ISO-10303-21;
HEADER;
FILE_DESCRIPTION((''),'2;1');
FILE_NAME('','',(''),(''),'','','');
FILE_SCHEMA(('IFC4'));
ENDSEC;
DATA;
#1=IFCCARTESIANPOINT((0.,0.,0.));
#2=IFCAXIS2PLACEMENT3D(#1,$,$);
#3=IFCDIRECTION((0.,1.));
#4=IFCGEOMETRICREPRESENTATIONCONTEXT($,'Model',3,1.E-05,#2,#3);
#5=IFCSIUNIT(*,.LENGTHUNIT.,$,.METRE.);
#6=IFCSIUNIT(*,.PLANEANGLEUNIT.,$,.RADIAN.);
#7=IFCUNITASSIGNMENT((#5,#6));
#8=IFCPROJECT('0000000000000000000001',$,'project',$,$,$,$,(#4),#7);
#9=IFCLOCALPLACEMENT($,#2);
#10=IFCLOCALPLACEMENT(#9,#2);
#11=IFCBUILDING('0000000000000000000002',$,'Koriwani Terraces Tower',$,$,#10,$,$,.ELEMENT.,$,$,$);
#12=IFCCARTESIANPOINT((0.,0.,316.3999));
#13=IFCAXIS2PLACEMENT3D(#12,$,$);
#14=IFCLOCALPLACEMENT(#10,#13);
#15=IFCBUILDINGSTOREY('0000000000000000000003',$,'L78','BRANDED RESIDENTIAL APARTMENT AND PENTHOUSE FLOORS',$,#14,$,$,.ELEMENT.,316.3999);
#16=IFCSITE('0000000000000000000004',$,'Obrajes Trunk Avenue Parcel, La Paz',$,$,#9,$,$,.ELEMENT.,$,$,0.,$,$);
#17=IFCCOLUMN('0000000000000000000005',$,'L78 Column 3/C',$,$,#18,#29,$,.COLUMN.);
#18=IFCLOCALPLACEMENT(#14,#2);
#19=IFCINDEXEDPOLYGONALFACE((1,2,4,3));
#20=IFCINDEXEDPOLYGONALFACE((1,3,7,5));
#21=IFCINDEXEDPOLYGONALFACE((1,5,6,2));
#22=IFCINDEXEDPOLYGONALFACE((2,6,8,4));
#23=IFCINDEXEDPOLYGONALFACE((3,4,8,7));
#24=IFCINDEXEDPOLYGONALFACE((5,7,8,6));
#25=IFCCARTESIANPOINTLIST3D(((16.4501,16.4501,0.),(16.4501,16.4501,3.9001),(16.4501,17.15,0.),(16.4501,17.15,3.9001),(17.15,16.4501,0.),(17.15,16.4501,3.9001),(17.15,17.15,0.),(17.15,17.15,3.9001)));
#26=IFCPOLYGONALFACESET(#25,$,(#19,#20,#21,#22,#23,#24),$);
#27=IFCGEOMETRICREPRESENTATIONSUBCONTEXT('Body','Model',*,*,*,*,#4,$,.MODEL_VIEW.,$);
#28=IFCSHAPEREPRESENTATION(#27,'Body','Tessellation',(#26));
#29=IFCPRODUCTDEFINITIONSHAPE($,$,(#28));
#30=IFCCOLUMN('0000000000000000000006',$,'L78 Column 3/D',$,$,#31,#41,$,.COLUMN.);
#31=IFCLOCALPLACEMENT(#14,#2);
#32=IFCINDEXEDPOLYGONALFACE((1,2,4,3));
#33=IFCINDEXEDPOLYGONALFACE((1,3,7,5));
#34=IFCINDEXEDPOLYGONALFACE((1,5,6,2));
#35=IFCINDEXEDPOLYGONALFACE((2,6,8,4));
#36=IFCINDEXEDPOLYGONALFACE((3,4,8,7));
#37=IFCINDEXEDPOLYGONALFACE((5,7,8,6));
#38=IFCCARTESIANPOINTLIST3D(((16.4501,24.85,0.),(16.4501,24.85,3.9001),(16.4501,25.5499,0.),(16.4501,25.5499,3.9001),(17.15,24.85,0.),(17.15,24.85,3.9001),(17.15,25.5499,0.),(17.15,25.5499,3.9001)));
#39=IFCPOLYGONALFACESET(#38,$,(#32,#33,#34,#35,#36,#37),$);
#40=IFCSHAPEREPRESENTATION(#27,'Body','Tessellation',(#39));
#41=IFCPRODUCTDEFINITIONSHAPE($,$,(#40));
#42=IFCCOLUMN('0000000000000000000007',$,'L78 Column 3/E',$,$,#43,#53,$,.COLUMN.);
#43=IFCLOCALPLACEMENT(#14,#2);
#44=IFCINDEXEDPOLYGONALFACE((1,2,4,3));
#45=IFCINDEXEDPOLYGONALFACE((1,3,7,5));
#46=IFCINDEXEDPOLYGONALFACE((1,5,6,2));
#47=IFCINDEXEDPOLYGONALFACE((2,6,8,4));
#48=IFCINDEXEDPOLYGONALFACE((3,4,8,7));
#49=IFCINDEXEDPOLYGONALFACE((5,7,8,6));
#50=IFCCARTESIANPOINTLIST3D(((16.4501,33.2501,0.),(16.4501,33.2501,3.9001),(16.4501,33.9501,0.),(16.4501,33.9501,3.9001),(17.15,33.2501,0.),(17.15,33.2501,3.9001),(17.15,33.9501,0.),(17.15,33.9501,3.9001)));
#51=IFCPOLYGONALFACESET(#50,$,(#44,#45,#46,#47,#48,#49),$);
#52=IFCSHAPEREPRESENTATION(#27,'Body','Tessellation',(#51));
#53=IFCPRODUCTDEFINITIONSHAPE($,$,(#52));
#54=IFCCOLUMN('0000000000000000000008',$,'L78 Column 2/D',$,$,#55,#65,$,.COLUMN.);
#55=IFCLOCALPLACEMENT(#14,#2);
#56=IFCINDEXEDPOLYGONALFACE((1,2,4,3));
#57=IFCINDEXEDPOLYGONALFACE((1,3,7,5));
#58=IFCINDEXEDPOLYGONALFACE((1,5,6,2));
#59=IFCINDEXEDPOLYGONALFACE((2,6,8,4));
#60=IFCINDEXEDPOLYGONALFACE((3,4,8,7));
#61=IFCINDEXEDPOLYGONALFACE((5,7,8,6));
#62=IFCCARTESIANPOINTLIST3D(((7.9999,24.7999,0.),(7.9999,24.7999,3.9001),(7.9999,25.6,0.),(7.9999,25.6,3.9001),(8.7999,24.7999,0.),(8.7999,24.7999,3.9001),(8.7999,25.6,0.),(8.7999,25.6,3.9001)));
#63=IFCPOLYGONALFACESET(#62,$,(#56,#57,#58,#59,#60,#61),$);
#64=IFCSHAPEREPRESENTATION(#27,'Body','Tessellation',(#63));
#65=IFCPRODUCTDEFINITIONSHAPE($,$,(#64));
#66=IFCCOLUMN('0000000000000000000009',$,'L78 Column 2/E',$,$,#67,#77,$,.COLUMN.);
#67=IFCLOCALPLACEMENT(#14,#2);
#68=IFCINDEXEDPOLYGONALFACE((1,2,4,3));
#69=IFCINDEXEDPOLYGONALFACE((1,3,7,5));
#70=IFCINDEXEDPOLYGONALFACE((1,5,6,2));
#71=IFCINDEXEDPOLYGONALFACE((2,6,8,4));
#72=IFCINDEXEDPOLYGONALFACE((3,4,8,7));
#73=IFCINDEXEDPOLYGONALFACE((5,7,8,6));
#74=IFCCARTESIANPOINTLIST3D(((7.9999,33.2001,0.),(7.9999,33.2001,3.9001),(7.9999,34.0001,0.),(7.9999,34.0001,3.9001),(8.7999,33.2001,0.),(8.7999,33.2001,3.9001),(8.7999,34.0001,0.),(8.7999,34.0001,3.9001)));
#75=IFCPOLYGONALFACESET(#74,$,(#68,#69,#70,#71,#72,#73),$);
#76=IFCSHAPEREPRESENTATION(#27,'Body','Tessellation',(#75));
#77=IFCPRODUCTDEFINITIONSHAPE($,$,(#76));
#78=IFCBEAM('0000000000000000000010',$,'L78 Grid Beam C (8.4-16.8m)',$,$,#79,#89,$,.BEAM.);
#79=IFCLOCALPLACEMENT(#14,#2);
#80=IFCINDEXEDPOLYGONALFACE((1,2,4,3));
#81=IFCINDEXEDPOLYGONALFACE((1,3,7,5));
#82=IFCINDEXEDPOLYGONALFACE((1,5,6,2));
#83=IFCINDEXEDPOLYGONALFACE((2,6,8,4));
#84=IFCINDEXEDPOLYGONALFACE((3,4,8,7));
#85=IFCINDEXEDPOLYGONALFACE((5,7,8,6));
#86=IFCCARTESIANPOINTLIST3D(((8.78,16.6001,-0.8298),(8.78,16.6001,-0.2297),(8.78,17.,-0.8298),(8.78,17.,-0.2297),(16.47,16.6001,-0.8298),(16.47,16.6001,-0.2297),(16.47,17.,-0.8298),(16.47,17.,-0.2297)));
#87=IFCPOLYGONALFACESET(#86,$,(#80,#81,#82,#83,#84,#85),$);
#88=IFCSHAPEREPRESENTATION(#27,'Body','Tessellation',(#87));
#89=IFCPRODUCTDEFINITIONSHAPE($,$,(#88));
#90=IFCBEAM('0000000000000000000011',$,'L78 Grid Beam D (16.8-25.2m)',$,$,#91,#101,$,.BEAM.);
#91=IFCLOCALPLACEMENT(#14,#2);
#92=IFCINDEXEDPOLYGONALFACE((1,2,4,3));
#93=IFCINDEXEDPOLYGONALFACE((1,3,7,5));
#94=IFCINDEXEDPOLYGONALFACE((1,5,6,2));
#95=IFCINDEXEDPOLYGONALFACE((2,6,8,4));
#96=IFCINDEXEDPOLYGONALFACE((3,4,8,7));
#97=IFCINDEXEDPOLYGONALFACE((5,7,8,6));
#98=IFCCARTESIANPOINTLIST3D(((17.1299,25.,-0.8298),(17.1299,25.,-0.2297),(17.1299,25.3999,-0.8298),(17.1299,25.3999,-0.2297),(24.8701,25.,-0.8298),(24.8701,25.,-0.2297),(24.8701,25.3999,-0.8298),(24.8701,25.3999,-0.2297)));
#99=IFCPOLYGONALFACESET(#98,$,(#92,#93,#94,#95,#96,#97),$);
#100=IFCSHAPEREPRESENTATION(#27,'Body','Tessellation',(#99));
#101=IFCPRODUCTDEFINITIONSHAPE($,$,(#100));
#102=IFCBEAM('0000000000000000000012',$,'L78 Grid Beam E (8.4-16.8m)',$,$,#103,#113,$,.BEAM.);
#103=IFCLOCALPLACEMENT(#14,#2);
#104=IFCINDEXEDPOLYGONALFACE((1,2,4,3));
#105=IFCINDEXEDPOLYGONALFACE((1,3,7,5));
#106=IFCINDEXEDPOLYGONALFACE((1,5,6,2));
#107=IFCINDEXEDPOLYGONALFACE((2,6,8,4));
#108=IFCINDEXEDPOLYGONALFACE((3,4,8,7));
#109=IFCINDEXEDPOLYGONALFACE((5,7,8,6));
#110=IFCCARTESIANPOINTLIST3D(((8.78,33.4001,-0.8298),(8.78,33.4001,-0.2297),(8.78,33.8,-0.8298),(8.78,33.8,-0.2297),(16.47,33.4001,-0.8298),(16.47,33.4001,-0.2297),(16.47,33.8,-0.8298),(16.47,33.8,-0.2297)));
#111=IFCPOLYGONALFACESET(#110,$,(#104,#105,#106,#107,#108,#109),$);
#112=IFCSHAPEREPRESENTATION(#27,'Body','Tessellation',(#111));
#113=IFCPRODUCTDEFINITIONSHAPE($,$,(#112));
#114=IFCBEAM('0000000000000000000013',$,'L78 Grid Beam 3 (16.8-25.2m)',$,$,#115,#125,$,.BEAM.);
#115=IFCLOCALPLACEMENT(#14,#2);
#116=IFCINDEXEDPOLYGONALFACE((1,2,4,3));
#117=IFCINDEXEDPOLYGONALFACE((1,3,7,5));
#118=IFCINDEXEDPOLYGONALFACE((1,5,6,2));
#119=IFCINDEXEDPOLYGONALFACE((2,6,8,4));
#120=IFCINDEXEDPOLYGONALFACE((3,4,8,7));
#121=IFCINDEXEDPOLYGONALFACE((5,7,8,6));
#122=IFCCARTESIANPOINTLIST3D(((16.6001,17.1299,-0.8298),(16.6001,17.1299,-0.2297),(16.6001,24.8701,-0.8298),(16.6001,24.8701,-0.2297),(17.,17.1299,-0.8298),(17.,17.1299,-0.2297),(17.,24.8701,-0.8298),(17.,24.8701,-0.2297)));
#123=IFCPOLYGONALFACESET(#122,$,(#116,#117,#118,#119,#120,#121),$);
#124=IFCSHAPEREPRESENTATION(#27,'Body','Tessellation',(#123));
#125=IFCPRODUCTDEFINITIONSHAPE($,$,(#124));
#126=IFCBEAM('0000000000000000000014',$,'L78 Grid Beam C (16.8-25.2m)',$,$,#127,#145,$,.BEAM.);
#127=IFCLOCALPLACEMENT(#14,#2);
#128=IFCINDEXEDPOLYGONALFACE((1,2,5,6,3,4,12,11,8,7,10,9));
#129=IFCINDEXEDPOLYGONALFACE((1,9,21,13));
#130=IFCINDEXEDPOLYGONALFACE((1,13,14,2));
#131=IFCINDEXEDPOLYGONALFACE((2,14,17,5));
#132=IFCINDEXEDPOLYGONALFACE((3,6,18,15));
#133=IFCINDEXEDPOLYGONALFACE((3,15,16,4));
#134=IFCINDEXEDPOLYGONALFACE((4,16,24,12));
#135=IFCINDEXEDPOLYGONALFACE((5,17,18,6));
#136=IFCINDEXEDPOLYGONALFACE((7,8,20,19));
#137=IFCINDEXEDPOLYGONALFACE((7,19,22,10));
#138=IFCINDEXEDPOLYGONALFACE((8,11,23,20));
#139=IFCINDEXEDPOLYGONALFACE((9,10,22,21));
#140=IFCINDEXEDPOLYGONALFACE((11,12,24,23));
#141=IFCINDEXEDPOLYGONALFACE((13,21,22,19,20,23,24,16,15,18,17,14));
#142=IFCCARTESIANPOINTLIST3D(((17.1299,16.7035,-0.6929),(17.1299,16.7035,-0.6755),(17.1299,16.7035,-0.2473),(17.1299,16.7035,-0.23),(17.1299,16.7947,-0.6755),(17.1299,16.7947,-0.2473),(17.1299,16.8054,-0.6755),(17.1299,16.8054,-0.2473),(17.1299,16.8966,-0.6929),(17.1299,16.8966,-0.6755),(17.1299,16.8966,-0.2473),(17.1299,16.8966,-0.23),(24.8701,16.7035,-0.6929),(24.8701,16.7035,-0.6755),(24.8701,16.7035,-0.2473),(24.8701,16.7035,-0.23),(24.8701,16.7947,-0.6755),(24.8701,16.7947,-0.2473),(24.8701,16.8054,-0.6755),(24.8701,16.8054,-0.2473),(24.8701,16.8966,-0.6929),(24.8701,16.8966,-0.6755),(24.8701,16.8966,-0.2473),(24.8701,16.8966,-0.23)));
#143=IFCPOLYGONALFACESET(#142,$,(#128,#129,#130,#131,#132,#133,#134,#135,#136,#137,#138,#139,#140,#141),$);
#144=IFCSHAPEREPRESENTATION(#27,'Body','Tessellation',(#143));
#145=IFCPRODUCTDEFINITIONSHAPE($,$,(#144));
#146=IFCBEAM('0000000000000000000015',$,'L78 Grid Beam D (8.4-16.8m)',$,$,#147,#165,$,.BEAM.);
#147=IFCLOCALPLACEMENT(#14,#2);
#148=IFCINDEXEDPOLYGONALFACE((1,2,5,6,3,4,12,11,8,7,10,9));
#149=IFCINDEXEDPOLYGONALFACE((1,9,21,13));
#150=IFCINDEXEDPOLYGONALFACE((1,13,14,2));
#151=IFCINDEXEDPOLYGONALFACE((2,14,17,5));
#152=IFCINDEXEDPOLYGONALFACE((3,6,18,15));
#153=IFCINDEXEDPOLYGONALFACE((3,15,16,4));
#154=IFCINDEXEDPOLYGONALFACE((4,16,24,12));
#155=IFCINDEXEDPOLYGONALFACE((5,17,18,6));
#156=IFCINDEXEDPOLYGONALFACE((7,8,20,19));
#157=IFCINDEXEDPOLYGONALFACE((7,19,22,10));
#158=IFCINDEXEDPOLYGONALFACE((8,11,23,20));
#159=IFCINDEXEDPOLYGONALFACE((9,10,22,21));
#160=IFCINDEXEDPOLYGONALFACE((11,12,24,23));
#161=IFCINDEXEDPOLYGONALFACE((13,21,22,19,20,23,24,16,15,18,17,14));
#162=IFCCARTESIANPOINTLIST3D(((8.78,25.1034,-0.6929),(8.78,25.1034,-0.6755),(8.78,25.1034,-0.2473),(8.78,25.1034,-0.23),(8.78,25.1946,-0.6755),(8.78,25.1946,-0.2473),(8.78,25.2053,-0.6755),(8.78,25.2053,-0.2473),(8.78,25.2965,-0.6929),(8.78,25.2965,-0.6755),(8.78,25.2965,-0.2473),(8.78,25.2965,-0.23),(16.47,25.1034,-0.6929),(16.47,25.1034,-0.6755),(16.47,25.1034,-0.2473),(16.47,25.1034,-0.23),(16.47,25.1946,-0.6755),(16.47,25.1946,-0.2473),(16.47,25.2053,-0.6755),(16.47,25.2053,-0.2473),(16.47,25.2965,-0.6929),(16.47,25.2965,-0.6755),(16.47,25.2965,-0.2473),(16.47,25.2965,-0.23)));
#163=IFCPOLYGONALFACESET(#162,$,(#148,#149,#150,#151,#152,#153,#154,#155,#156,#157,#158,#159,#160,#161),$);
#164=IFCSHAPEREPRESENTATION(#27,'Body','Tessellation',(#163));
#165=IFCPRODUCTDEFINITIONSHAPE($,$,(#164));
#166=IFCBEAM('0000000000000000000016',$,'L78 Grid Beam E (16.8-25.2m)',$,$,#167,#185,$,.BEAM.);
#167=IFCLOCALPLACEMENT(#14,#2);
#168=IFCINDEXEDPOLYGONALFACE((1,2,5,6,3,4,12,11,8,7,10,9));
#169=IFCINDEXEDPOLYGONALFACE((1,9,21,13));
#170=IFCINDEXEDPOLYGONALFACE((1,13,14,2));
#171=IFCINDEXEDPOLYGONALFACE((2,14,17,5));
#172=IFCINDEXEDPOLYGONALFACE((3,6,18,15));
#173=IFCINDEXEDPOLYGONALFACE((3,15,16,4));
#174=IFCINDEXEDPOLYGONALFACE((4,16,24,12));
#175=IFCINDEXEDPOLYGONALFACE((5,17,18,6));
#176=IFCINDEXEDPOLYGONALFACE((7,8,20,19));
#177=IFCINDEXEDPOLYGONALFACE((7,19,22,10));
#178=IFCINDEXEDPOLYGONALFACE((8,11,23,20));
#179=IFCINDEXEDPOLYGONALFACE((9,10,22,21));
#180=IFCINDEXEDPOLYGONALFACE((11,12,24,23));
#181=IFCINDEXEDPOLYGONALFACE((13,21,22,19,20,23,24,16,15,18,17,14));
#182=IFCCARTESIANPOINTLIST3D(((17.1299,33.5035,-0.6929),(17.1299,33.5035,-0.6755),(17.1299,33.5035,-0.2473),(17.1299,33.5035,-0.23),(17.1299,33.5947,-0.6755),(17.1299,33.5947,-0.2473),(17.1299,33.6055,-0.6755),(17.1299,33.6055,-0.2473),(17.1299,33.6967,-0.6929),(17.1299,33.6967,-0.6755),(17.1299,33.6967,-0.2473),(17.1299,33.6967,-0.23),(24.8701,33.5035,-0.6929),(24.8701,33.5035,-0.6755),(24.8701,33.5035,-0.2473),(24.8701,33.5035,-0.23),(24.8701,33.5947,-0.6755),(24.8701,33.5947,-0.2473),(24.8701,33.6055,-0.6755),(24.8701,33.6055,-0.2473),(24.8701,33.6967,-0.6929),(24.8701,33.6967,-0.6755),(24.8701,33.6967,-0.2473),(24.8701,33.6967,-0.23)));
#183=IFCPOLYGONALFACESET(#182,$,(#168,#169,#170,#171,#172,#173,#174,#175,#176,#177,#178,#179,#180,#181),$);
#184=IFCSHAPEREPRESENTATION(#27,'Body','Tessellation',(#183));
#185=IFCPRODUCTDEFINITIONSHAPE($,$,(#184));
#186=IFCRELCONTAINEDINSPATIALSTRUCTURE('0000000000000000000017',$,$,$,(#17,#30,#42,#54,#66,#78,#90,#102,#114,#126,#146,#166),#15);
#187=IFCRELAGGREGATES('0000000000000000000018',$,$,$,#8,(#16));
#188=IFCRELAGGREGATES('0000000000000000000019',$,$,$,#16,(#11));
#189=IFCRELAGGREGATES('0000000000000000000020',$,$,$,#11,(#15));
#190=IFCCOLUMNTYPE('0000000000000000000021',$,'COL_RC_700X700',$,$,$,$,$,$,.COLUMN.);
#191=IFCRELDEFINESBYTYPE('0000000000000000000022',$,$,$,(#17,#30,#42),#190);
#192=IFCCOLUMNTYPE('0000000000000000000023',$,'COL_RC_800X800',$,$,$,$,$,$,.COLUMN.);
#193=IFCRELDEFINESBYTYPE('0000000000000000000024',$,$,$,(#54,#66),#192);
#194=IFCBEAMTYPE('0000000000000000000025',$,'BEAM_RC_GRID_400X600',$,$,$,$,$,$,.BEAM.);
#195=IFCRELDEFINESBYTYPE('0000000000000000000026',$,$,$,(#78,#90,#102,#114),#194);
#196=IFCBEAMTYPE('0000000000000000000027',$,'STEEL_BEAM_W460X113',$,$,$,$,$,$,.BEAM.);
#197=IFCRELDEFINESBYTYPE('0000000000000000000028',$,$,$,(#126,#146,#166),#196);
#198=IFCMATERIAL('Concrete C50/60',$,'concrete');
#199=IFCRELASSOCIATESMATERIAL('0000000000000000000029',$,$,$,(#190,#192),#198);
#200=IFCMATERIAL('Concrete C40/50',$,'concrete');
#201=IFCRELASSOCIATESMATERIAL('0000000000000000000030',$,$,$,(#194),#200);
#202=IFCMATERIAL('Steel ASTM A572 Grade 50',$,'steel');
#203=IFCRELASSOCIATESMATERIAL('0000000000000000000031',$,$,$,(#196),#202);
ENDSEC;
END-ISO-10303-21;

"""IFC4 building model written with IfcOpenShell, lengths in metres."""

from ifc_helpers import new_model, si_unit, direction, frame, origin, origin_2d, place, context, subcontext, project, spatial, rectangle, i_section, extrude, material, material_profile, profile_set, type_object, element, save


model = new_model("IFC4")

# Units and contexts
model_context = context("Model", 3, precision=1e-05, world=origin(), true_north=direction((0.0, 1.0)))
body_context = subcontext(model_context, "Body", "Model", "MODEL_VIEW")
ifc_project = project(units=[si_unit("LENGTHUNIT", "METRE"), si_unit("PLANEANGLEUNIT", "RADIAN")], contexts=[model_context])

# Site, building, storey
site_placement = place(None, origin())
site = spatial("IfcSite", under=ifc_project, at=site_placement, Name="Obrajes Trunk Avenue Parcel, La Paz", CompositionType="ELEMENT", RefElevation=0.0)
building_placement = place(site_placement, origin())
building = spatial("IfcBuilding", under=site, at=building_placement, Name="Koriwani Terraces Tower", CompositionType="ELEMENT")
storey_placement = place(building_placement, frame((0.0, 0.0, 316.3999)))
storey = spatial("IfcBuildingStorey", under=building, at=storey_placement, Name="L78", Description="BRANDED RESIDENTIAL APARTMENT AND PENTHOUSE FLOORS", CompositionType="ELEMENT", Elevation=316.3999)

# Columns
ifc_material_1 = material(Name="Concrete C50/60", Category="concrete")
ifc_material_profile_1 = material_profile(ifc_material_1, rectangle(XDim=0.7, YDim=0.7, at=origin_2d()), Name="Concrete C50/60", Category="LoadBearing")
ifc_profile_set_1 = profile_set([ifc_material_profile_1], Name="Concrete C50/60")
column_type_1 = type_object("IfcColumnType", Name="COL_RC_700X700", PredefinedType="COLUMN", material=ifc_profile_set_1)
for number, where, z_axis, x_axis, name in (
    (1, (16.8, 16.8, 0.0), (0.0, 0.0, 1.0), (1.0, 0.0, 0.0), "L78 Column 3/C"),
    (2, (16.8, 25.2, 0.0), (0.0, 0.0, 1.0), (1.0, 0.0, 0.0), "L78 Column 3/D"),
    (3, (16.8, 33.6001, 0.0), (0.0, 0.0, 1.0), (1.0, 0.0, 0.0), "L78 Column 3/E"),
):
    element("IfcColumn", number, at=place(storey_placement, frame(where, z_axis=z_axis, x_axis=x_axis)), inside=storey, type_object=column_type_1, Name=name, PredefinedType="COLUMN", context=body_context, shape_type="SweptSolid", body=[
        extrude(rectangle(XDim=0.7, YDim=0.7, at=origin_2d()), origin(), (0.0, 0.0, 1.0), 3.9001),
    ])
ifc_material_profile_2 = material_profile(ifc_material_1, rectangle(XDim=0.8, YDim=0.8, at=origin_2d()), Name="Concrete C50/60", Category="LoadBearing")
ifc_profile_set_2 = profile_set([ifc_material_profile_2], Name="Concrete C50/60")
column_type_2 = type_object("IfcColumnType", Name="COL_RC_800X800", PredefinedType="COLUMN", material=ifc_profile_set_2)
for number, where, z_axis, x_axis, name in (
    (4, (8.3999, 25.2, 0.0), (0.0, 0.0, 1.0), (1.0, 0.0, 0.0), "L78 Column 2/D"),
    (5, (8.3999, 33.6001, 0.0), (0.0, 0.0, 1.0), (1.0, 0.0, 0.0), "L78 Column 2/E"),
):
    element("IfcColumn", number, at=place(storey_placement, frame(where, z_axis=z_axis, x_axis=x_axis)), inside=storey, type_object=column_type_2, Name=name, PredefinedType="COLUMN", context=body_context, shape_type="SweptSolid", body=[
        extrude(rectangle(XDim=0.8, YDim=0.8, at=origin_2d()), origin(), (0.0, 0.0, 1.0), 3.9001),
    ])

# Beams
ifc_material_2 = material(Name="Concrete C40/50", Category="concrete")
ifc_material_profile_3 = material_profile(ifc_material_2, rectangle(XDim=0.3999, YDim=0.6001, at=origin_2d()), Name="Concrete C40/50", Category="LoadBearing")
ifc_profile_set_3 = profile_set([ifc_material_profile_3], Name="Concrete C40/50")
beam_type_1 = type_object("IfcBeamType", Name="BEAM_RC_GRID_400X600", PredefinedType="BEAM", material=ifc_profile_set_3)
beam_1_placement = place(storey_placement, frame((8.78, 16.8, -0.5298), z_axis=(1.0, 0.0, 0.0), x_axis=(0.0, 1.0, 0.0)))
element("IfcBeam", 6, at=beam_1_placement, inside=storey, type_object=beam_type_1, Name="L78 Grid Beam C (8.4-16.8m)", PredefinedType="BEAM", context=body_context, shape_type="SweptSolid", body=[
    extrude(rectangle(XDim=0.3999, YDim=0.6001, at=origin_2d()), origin(), (0.0, 0.0, 1.0), 7.6899),
])
beam_2_placement = place(storey_placement, frame((17.1299, 25.2, -0.5298), z_axis=(1.0, 0.0, 0.0), x_axis=(0.0, 1.0, 0.0)))
element("IfcBeam", 7, at=beam_2_placement, inside=storey, type_object=beam_type_1, Name="L78 Grid Beam D (16.8-25.2m)", PredefinedType="BEAM", context=body_context, shape_type="SweptSolid", body=[
    extrude(rectangle(XDim=0.3999, YDim=0.6001, at=origin_2d()), origin(), (0.0, 0.0, 1.0), 7.7402),
])
beam_3_placement = place(storey_placement, frame((8.78, 33.6001, -0.5298), z_axis=(1.0, 0.0, 0.0), x_axis=(0.0, 1.0, 0.0)))
element("IfcBeam", 8, at=beam_3_placement, inside=storey, type_object=beam_type_1, Name="L78 Grid Beam E (8.4-16.8m)", PredefinedType="BEAM", context=body_context, shape_type="SweptSolid", body=[
    extrude(rectangle(XDim=0.3999, YDim=0.6001, at=origin_2d()), origin(), (0.0, 0.0, 1.0), 7.6899),
])
beam_4_placement = place(storey_placement, frame((16.8, 17.1299, -0.5298), z_axis=(0.0, 1.0, 0.0), x_axis=(-1.0, 0.0, 0.0)))
element("IfcBeam", 9, at=beam_4_placement, inside=storey, type_object=beam_type_1, Name="L78 Grid Beam 3 (16.8-25.2m)", PredefinedType="BEAM", context=body_context, shape_type="SweptSolid", body=[
    extrude(rectangle(XDim=0.3999, YDim=0.6001, at=origin_2d()), origin(), (0.0, 0.0, 1.0), 7.7402),
])
ifc_material_3 = material(Name="Steel ASTM A572 Grade 50", Category="steel")
ifc_material_profile_4 = material_profile(ifc_material_3, i_section(OverallWidth=0.1931, OverallDepth=0.4629, WebThickness=0.0107, FlangeThickness=0.0173, at=origin_2d()), Name="Steel ASTM A572 Grade 50", Category="LoadBearing")
ifc_profile_set_4 = profile_set([ifc_material_profile_4], Name="Steel ASTM A572 Grade 50")
beam_type_2 = type_object("IfcBeamType", Name="STEEL_BEAM_W460X113", PredefinedType="BEAM", material=ifc_profile_set_4)
beam_5_placement = place(storey_placement, frame((17.1299, 16.8, -0.4614), z_axis=(1.0, 0.0, 0.0), x_axis=(0.0, 1.0, 0.0)))
element("IfcBeam", 10, at=beam_5_placement, inside=storey, type_object=beam_type_2, Name="L78 Grid Beam C (16.8-25.2m)", PredefinedType="BEAM", context=body_context, shape_type="SweptSolid", body=[
    extrude(i_section(OverallWidth=0.1931, OverallDepth=0.4629, WebThickness=0.0107, FlangeThickness=0.0173, at=origin_2d()), origin(), (0.0, 0.0, 1.0), 7.7402),
])
beam_6_placement = place(storey_placement, frame((8.78, 25.2, -0.4614), z_axis=(1.0, 0.0, 0.0), x_axis=(0.0, 1.0, 0.0)))
element("IfcBeam", 11, at=beam_6_placement, inside=storey, type_object=beam_type_2, Name="L78 Grid Beam D (8.4-16.8m)", PredefinedType="BEAM", context=body_context, shape_type="SweptSolid", body=[
    extrude(i_section(OverallWidth=0.1931, OverallDepth=0.4629, WebThickness=0.0107, FlangeThickness=0.0173, at=origin_2d()), origin(), (0.0, 0.0, 1.0), 7.6899),
])
beam_7_placement = place(storey_placement, frame((17.1299, 33.6001, -0.4614), z_axis=(1.0, 0.0, 0.0), x_axis=(0.0, 1.0, 0.0)))
element("IfcBeam", 12, at=beam_7_placement, inside=storey, type_object=beam_type_2, Name="L78 Grid Beam E (16.8-25.2m)", PredefinedType="BEAM", context=body_context, shape_type="SweptSolid", body=[
    extrude(i_section(OverallWidth=0.1931, OverallDepth=0.4629, WebThickness=0.0107, FlangeThickness=0.0173, at=origin_2d()), origin(), (0.0, 0.0, 1.0), 7.7402),
])

save(model, "model.ifc")
